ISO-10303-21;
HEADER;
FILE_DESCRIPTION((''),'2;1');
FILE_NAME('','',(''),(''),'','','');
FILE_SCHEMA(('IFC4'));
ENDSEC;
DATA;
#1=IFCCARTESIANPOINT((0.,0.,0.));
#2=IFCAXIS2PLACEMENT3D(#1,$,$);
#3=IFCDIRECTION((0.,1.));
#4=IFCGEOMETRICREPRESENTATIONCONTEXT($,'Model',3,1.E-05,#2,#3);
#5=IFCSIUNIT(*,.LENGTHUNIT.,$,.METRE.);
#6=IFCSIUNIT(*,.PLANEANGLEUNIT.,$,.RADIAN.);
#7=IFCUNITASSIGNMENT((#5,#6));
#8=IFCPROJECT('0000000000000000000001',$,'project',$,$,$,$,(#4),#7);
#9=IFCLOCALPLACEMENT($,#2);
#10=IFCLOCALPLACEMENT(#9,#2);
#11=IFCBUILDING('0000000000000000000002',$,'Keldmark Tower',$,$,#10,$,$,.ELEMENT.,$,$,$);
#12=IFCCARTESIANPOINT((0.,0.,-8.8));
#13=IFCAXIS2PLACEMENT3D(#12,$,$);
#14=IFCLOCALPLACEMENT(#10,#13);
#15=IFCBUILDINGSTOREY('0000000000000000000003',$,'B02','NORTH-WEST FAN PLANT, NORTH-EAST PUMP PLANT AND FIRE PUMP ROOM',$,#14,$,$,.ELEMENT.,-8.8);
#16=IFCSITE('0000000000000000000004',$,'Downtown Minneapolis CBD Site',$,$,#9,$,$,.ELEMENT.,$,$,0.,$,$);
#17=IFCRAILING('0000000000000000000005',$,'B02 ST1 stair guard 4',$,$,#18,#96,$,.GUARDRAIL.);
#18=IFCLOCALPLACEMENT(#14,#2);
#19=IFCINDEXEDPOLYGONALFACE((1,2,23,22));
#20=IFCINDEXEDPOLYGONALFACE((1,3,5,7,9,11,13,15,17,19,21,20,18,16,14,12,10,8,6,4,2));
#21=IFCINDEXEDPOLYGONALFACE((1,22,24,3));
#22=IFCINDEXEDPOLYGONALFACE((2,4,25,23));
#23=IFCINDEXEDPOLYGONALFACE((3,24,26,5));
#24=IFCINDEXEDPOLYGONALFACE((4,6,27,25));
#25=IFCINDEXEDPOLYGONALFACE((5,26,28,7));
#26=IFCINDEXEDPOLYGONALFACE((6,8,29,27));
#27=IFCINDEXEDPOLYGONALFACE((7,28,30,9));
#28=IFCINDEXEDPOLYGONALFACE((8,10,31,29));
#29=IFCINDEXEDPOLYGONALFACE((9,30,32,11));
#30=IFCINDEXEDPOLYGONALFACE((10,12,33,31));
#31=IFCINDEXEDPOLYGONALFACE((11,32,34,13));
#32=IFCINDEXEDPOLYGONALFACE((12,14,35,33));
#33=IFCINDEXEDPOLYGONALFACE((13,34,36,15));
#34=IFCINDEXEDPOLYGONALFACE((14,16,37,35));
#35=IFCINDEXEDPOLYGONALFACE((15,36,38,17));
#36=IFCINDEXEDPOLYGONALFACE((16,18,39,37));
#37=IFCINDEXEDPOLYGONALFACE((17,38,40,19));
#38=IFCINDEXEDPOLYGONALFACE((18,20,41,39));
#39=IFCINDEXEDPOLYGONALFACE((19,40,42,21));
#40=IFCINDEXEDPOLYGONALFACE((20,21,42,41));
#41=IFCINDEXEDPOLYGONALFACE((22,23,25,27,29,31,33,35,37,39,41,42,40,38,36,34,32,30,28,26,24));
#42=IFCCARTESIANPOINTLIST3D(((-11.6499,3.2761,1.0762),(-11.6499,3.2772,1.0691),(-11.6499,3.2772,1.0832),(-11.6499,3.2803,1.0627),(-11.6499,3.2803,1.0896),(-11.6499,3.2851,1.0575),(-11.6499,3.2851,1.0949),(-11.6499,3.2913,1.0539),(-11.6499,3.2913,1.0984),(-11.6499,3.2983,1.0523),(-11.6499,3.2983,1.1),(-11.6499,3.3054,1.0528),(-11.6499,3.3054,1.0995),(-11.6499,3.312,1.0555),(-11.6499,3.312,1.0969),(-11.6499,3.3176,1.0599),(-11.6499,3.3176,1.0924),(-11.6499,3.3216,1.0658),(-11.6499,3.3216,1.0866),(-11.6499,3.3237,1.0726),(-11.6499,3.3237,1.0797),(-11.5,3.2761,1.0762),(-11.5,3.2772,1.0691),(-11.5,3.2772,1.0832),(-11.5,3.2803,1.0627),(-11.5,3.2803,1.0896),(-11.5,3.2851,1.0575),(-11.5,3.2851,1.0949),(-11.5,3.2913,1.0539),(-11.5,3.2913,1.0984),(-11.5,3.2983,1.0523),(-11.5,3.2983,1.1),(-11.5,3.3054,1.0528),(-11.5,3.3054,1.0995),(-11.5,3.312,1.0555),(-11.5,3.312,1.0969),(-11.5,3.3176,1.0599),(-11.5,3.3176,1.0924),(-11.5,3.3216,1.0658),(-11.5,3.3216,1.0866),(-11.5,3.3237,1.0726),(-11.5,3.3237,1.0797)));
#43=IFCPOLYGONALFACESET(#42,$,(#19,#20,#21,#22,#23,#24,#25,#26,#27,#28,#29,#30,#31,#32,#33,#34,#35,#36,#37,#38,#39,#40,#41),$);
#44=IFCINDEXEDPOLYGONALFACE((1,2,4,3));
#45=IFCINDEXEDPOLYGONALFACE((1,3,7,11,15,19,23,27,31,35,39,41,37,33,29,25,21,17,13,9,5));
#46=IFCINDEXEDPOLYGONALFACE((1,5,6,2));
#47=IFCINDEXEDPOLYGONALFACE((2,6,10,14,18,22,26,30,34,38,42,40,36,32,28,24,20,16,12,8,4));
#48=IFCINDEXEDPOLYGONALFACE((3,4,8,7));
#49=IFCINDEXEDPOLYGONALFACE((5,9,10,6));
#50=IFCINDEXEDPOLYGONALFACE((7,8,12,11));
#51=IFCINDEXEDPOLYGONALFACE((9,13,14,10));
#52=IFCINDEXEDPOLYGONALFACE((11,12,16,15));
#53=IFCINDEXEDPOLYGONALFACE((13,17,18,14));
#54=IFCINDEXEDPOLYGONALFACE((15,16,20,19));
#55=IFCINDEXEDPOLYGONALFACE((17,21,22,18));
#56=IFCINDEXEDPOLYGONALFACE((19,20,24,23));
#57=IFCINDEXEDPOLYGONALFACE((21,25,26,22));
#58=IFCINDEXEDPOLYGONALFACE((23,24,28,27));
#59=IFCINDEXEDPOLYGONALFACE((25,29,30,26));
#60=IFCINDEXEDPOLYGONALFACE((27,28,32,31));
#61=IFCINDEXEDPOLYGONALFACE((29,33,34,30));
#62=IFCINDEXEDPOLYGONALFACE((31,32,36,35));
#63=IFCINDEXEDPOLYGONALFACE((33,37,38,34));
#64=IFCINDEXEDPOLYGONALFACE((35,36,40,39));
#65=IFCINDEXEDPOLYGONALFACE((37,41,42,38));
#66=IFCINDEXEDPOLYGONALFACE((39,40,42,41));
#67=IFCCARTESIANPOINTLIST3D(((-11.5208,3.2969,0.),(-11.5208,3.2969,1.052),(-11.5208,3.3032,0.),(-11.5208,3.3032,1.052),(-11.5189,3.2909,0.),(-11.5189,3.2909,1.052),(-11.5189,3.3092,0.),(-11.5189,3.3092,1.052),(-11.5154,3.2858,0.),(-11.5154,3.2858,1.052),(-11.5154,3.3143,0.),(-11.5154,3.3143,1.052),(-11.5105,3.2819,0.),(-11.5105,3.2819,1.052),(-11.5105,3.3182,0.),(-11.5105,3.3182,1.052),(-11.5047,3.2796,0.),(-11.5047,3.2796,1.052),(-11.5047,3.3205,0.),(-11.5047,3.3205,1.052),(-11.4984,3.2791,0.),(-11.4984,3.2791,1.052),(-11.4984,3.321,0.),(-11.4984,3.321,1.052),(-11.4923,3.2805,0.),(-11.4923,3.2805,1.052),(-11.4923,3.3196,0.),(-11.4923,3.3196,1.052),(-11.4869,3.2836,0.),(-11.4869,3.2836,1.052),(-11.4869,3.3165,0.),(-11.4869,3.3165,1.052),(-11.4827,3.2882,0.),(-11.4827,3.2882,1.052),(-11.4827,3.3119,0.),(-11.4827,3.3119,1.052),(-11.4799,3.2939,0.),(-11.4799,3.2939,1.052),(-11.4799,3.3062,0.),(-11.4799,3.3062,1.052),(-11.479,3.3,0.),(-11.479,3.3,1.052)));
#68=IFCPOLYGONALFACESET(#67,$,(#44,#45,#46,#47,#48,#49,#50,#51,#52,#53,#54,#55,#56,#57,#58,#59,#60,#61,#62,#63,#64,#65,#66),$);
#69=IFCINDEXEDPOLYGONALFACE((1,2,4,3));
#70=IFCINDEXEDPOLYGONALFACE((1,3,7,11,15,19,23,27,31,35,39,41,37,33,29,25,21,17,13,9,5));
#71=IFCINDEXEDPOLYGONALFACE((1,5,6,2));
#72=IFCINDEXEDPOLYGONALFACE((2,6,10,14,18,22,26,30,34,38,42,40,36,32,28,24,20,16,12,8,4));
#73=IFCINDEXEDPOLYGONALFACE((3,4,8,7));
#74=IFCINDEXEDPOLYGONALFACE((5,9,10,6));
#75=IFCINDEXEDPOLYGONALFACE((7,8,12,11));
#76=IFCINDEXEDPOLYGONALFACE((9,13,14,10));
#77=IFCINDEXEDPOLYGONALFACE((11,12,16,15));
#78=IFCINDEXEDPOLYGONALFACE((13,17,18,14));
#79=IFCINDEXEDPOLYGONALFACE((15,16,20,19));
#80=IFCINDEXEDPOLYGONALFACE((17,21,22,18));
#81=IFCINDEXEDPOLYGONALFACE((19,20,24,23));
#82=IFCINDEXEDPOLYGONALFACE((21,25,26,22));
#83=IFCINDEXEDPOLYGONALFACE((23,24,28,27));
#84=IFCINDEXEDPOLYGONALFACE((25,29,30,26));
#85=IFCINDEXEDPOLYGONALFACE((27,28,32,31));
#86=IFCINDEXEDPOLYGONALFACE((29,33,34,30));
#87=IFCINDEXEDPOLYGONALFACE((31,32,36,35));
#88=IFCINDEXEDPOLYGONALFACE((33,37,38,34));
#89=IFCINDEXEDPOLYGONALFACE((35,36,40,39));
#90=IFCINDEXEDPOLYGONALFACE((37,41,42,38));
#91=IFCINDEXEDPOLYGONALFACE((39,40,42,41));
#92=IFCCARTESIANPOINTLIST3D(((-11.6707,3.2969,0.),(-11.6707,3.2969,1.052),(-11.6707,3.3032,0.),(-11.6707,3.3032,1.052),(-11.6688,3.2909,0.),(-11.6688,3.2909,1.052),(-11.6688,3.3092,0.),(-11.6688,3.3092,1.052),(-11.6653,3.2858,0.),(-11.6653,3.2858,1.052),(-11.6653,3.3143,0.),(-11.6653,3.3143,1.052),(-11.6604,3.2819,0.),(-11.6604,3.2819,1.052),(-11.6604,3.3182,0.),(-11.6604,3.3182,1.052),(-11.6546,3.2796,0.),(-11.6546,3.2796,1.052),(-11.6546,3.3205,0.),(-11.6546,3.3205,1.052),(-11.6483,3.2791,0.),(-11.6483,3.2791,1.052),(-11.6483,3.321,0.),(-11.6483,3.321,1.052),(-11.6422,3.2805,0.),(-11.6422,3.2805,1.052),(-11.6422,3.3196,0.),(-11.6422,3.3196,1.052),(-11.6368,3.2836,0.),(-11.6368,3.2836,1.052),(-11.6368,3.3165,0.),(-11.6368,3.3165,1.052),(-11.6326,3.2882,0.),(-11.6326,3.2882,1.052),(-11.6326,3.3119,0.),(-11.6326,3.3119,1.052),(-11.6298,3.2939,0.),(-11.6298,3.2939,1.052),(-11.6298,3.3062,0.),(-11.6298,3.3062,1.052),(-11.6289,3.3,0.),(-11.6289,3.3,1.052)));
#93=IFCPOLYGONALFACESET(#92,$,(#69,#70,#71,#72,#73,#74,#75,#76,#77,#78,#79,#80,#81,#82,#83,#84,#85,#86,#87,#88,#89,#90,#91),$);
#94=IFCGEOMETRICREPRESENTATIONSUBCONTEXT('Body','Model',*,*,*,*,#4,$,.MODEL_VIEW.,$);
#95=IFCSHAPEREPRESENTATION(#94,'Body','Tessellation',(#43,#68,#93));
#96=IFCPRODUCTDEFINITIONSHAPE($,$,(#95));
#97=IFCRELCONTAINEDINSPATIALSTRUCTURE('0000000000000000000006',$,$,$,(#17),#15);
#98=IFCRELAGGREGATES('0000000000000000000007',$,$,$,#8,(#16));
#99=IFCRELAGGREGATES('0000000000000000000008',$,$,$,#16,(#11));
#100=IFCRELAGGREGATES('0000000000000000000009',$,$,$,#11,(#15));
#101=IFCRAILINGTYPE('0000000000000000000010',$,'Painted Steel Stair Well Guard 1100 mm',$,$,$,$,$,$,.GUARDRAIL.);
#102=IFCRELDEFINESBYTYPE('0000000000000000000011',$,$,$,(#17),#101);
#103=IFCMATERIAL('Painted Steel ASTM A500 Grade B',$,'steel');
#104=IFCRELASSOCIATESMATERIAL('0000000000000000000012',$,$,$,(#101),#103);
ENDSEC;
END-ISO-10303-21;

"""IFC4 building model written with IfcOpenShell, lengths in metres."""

from ifc_helpers import new_model, si_unit, direction, frame, origin, origin_2d, place, context, subcontext, project, spatial, circle, extrude, material, type_object, element, save


model = new_model("IFC4")

# Units and contexts
model_context = context("Model", 3, precision=1e-05, world=origin(), true_north=direction((0.0, 1.0)))
body_context = subcontext(model_context, "Body", "Model", "MODEL_VIEW")
ifc_project = project(units=[si_unit("LENGTHUNIT", "METRE"), si_unit("PLANEANGLEUNIT", "RADIAN")], contexts=[model_context])

# Site, building, storey
site_placement = place(None, origin())
site = spatial("IfcSite", under=ifc_project, at=site_placement, Name="Downtown Minneapolis CBD Site", CompositionType="ELEMENT", RefElevation=0.0)
building_placement = place(site_placement, origin())
building = spatial("IfcBuilding", under=site, at=building_placement, Name="Keldmark Tower", CompositionType="ELEMENT")
storey_placement = place(building_placement, frame((0.0, 0.0, -8.8)))
storey = spatial("IfcBuildingStorey", under=building, at=storey_placement, Name="B02", Description="NORTH-WEST FAN PLANT, NORTH-EAST PUMP PLANT AND FIRE PUMP ROOM", CompositionType="ELEMENT", Elevation=-8.8)

# Railing
ifc_material_1 = material(Name="Painted Steel ASTM A500 Grade B", Category="steel")
railing_type_1 = type_object("IfcRailingType", Name="Painted Steel Stair Well Guard 1100 mm", PredefinedType="GUARDRAIL", material=ifc_material_1)
railing_1_placement = place(storey_placement, frame((-11.5, 3.3, 0.0)))
element("IfcRailing", 1, at=railing_1_placement, inside=storey, type_object=railing_type_1, Name="B02 ST1 stair guard 4", PredefinedType="GUARDRAIL", context=body_context, shape_type="SweptSolid", body=[
    extrude(circle(Radius=0.0239, at=origin_2d()), frame((0.0, 0.0, 1.0762), z_axis=(-1.0, 0.0, 0.0), x_axis=(0.0, -1.0, 0.0)), (0.0, 0.0, 1.0), 0.1499),
    extrude(circle(Radius=0.021, at=origin_2d()), origin(), (0.0, 0.0, 1.0), 1.052),
    extrude(circle(Radius=0.021, at=origin_2d()), frame((-0.1499, 0.0, 0.0)), (0.0, 0.0, 1.0), 1.052),
])

save(model, "model.ifc")
